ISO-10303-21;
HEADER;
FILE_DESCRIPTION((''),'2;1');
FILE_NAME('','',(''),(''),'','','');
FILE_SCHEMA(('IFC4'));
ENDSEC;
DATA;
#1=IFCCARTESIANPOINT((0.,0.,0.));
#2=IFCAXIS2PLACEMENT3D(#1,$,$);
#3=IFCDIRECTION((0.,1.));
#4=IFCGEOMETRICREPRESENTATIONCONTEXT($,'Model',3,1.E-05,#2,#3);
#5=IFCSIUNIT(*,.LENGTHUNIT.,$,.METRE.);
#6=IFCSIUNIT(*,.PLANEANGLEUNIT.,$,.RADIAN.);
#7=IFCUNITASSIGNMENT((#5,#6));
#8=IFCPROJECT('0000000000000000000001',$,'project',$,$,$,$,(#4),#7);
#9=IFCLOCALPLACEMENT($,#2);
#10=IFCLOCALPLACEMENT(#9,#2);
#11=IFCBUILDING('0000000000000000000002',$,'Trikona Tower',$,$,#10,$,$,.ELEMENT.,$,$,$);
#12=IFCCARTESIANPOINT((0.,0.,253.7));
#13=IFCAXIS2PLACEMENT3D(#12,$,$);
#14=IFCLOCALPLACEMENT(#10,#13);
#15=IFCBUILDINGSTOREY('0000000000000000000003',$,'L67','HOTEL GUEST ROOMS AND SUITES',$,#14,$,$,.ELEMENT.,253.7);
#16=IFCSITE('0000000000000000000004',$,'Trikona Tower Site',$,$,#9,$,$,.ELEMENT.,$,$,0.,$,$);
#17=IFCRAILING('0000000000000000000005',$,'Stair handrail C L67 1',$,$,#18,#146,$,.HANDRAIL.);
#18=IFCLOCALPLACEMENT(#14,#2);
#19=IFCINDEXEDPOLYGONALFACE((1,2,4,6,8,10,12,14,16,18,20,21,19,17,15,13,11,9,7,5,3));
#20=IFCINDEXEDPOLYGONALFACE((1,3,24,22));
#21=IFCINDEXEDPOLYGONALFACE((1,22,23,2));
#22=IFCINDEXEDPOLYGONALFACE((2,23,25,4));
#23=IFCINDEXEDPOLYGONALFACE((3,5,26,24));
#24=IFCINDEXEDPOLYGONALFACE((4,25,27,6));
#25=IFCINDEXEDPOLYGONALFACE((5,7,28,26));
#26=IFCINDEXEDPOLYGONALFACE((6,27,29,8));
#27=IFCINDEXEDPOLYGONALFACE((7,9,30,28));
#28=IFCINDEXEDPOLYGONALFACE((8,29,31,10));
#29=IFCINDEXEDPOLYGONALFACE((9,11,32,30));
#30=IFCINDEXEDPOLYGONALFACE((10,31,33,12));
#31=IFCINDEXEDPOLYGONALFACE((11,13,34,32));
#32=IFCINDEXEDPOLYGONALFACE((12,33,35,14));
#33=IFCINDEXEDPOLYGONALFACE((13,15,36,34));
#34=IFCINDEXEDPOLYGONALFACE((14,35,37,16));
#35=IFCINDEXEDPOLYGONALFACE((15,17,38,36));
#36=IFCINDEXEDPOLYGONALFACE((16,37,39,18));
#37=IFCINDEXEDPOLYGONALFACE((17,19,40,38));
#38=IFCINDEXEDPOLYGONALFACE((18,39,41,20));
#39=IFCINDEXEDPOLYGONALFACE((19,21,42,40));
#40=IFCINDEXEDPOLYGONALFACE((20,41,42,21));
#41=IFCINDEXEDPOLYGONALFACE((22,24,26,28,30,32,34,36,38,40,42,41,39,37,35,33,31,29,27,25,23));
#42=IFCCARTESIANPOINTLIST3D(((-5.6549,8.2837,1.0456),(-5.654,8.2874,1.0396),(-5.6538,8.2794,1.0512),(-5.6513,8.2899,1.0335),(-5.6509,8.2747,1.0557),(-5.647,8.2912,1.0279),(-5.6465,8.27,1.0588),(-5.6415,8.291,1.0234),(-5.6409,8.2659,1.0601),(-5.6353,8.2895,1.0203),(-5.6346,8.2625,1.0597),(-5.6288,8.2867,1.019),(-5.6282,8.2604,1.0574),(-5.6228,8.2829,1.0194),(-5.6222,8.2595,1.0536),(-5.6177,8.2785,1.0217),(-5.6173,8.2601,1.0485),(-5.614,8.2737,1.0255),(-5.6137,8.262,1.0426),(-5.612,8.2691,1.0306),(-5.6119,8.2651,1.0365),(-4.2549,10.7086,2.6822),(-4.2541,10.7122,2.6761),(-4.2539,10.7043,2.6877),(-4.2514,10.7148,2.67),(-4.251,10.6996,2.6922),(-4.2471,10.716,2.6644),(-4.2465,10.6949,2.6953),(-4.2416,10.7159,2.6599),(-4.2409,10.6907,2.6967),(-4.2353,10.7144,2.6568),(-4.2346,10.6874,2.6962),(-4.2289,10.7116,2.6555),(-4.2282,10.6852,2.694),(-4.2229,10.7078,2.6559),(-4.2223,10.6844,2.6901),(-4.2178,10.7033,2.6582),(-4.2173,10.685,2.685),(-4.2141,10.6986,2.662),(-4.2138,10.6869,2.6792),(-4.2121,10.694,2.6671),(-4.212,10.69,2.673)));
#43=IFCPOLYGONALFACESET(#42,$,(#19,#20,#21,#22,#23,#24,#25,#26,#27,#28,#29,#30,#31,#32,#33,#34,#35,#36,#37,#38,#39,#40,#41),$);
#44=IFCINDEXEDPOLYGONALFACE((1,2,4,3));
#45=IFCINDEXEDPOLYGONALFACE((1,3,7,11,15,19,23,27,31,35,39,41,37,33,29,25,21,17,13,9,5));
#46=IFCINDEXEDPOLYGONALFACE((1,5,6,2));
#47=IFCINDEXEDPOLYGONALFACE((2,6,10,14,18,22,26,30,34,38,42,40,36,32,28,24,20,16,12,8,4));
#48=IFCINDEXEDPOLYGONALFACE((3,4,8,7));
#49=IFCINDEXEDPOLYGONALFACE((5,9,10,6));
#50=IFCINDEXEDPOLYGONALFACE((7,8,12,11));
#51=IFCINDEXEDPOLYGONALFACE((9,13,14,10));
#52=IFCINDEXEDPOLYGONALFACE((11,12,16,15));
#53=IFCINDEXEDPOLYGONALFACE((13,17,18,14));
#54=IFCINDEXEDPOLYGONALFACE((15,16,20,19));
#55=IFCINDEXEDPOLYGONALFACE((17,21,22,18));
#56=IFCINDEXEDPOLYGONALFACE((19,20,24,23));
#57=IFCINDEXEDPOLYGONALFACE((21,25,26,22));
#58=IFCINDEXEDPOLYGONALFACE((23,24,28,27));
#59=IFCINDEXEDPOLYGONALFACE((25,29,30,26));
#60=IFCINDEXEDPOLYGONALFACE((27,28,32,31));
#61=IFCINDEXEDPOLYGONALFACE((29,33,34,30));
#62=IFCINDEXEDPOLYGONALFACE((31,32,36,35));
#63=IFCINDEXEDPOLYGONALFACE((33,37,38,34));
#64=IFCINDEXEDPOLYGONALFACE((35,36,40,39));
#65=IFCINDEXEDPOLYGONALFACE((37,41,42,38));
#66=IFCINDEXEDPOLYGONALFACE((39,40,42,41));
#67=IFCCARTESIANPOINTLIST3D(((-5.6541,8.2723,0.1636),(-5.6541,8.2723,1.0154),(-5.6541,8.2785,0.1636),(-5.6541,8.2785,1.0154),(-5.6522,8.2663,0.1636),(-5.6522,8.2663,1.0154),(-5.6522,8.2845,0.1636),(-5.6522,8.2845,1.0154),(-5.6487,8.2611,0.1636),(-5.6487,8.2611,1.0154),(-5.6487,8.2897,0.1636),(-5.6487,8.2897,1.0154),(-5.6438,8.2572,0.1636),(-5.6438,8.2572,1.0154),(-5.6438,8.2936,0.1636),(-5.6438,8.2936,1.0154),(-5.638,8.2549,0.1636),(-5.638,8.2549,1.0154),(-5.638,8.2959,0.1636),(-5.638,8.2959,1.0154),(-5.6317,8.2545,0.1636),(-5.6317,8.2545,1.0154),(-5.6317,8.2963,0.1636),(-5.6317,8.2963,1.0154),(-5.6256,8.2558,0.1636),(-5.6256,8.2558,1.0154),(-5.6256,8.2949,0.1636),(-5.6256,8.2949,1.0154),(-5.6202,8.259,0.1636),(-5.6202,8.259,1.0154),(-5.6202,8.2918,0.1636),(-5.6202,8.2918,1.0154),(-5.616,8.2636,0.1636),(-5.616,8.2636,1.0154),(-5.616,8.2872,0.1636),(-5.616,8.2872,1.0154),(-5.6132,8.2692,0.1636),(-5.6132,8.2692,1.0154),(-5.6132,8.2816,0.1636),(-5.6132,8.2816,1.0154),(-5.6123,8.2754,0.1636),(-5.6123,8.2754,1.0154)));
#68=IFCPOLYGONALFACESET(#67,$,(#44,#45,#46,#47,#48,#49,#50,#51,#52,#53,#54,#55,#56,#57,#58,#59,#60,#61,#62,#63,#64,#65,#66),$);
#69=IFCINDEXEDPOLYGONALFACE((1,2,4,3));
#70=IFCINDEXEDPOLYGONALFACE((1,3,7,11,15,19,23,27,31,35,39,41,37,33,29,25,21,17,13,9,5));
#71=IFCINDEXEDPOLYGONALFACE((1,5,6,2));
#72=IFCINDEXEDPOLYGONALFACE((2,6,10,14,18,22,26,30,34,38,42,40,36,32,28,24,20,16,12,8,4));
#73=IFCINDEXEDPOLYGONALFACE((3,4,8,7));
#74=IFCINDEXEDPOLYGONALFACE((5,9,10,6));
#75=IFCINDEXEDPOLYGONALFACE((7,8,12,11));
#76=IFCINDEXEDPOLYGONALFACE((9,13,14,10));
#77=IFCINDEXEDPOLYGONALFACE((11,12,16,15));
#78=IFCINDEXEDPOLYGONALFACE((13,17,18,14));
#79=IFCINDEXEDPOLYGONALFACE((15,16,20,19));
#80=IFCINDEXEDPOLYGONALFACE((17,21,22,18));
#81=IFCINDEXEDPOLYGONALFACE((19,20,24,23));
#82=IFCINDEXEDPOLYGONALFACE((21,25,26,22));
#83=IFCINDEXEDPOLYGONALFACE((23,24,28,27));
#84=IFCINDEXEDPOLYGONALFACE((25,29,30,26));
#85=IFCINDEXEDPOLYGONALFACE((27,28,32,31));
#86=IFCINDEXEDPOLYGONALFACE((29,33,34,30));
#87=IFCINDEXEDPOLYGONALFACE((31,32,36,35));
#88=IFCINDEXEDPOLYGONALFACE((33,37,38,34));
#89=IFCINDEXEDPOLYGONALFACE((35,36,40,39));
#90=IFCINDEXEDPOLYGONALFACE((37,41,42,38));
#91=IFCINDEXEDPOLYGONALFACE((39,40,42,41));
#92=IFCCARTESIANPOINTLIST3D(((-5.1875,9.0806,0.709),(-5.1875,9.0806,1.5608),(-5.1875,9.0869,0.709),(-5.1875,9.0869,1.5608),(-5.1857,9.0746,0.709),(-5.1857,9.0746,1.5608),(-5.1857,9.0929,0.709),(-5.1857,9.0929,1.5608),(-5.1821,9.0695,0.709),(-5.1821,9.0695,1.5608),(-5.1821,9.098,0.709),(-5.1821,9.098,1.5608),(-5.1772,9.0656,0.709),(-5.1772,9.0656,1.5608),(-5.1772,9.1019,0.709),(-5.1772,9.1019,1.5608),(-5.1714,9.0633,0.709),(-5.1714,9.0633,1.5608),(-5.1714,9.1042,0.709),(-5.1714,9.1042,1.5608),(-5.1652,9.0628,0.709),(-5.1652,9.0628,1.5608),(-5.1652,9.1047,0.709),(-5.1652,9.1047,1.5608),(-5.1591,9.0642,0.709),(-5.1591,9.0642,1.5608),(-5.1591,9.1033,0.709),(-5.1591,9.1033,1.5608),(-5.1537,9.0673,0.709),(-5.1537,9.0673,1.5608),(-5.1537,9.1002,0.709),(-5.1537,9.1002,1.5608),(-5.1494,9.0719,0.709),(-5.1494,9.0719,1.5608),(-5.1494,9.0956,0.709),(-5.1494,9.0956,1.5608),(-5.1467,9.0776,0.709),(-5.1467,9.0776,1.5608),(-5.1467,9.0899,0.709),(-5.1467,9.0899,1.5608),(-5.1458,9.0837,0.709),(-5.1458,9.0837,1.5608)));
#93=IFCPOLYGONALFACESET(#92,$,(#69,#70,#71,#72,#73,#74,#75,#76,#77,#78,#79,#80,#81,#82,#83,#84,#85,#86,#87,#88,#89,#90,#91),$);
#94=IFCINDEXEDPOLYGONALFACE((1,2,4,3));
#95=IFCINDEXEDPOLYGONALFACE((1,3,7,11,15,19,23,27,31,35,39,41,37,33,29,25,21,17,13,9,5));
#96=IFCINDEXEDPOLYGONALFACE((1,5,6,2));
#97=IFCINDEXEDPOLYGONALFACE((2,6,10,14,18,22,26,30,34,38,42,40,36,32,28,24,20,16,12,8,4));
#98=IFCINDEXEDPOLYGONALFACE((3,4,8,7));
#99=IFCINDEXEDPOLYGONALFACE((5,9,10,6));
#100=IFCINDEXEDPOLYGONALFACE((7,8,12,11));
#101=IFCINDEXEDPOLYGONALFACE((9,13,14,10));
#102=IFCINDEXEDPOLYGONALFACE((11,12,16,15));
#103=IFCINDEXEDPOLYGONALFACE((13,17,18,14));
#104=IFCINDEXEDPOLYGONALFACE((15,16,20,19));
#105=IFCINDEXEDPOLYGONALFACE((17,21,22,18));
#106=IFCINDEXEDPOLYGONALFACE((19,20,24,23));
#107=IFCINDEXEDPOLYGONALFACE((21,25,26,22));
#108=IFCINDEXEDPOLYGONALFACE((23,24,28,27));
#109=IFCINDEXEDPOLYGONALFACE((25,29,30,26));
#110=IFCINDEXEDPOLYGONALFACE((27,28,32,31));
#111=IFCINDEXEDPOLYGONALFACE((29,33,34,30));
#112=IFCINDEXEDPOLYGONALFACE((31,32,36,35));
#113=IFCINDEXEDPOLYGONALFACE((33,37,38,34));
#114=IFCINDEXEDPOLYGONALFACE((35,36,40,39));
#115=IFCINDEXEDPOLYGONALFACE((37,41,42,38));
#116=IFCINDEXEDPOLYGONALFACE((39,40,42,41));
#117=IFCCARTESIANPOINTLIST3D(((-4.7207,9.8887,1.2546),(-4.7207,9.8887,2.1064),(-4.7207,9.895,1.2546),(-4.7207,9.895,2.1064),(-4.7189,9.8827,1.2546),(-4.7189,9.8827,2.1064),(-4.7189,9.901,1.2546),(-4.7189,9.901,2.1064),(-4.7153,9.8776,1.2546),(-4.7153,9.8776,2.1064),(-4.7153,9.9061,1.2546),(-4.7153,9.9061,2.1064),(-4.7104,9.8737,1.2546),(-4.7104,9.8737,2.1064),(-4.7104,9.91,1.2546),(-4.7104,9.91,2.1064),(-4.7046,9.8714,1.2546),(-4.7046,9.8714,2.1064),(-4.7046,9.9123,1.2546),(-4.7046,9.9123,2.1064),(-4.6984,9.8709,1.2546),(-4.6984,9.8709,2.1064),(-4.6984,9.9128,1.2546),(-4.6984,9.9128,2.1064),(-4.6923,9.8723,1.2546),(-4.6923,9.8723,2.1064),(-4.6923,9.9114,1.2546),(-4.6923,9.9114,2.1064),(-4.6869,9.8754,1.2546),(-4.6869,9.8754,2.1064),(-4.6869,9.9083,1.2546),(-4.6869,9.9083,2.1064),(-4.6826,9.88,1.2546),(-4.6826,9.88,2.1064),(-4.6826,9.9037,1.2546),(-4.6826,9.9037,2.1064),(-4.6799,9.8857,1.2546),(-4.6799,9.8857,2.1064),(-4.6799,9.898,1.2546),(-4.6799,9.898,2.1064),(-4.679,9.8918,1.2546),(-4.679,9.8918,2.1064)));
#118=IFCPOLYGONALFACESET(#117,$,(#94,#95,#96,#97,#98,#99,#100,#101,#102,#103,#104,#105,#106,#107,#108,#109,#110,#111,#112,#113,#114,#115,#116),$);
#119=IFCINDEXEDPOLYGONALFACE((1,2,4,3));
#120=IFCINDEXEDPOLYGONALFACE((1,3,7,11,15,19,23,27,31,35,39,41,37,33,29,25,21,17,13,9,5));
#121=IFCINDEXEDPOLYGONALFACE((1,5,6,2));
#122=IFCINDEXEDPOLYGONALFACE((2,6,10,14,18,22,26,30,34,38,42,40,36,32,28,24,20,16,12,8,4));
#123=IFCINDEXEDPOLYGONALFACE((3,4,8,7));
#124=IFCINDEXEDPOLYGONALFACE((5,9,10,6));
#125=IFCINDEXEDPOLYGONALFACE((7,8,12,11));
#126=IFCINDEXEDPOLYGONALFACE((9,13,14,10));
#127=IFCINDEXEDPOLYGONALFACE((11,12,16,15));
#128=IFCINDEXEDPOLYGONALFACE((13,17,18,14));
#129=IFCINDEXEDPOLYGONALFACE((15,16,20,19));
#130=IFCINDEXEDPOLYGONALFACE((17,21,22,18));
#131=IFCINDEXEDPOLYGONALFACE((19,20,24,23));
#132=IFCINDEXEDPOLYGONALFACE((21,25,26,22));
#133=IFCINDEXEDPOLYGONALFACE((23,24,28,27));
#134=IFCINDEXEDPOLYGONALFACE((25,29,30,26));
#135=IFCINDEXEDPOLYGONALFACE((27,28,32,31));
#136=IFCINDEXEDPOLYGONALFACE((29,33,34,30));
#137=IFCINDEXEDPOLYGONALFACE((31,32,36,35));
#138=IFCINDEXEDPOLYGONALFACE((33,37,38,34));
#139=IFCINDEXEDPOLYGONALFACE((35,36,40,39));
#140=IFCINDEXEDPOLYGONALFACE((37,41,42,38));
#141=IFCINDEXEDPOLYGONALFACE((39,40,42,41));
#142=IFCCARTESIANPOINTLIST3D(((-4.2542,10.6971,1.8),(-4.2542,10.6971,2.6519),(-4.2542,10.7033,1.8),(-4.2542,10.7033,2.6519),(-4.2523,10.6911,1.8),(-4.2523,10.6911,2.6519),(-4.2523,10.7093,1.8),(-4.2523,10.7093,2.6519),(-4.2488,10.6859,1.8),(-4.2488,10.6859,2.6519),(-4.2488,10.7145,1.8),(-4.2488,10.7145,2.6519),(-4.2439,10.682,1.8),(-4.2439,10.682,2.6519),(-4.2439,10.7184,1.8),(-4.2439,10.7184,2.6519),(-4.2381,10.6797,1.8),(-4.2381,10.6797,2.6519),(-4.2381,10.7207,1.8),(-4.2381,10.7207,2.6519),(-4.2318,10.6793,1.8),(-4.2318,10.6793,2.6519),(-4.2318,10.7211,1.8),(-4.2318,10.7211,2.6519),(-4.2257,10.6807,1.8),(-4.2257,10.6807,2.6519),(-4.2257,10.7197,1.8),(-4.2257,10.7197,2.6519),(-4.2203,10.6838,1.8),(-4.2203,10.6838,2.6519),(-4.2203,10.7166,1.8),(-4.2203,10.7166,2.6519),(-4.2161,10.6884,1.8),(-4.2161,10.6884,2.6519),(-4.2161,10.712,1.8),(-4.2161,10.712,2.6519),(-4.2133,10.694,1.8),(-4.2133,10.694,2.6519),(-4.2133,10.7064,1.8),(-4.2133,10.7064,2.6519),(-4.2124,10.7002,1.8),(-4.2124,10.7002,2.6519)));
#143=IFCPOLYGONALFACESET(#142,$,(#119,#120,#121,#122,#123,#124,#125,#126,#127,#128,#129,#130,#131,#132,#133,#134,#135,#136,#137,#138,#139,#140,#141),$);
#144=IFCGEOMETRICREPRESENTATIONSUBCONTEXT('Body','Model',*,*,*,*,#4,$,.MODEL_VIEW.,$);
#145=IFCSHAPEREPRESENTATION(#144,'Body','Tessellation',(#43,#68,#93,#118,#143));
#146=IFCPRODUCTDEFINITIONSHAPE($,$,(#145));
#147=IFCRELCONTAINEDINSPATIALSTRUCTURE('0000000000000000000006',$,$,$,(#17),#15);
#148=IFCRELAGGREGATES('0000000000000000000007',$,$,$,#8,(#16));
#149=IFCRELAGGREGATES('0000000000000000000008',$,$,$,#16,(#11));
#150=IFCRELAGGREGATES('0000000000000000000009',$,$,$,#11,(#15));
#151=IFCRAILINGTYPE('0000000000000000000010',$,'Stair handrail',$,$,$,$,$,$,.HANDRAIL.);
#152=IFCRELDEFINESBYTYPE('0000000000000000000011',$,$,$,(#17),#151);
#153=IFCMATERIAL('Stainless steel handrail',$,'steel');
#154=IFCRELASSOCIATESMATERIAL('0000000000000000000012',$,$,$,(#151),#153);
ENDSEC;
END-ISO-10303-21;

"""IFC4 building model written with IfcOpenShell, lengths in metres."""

from ifc_helpers import new_model, si_unit, direction, frame, origin, origin_2d, place, context, subcontext, project, spatial, circle, extrude, material, type_object, element, save


model = new_model("IFC4")

# Units and contexts
model_context = context("Model", 3, precision=1e-05, world=origin(), true_north=direction((0.0, 1.0)))
body_context = subcontext(model_context, "Body", "Model", "MODEL_VIEW")
ifc_project = project(units=[si_unit("LENGTHUNIT", "METRE"), si_unit("PLANEANGLEUNIT", "RADIAN")], contexts=[model_context])

# Site, building, storey
site_placement = place(None, origin())
site = spatial("IfcSite", under=ifc_project, at=site_placement, Name="Trikona Tower Site", CompositionType="ELEMENT", RefElevation=0.0)
building_placement = place(site_placement, origin())
building = spatial("IfcBuilding", under=site, at=building_placement, Name="Trikona Tower", CompositionType="ELEMENT")
storey_placement = place(building_placement, frame((0.0, 0.0, 253.7)))
storey = spatial("IfcBuildingStorey", under=building, at=storey_placement, Name="L67", Description="HOTEL GUEST ROOMS AND SUITES", CompositionType="ELEMENT", Elevation=253.7)

# Railing
ifc_material_1 = material(Name="Stainless steel handrail", Category="steel")
railing_type = type_object("IfcRailingType", Name="Stair handrail", PredefinedType="HANDRAIL", material=ifc_material_1)
railing_1_placement = place(storey_placement, frame((-5.6333, 8.2754, 0.1636)))
element("IfcRailing", 1, at=railing_1_placement, inside=storey, type_object=railing_type, Name="Stair handrail C L67 1", PredefinedType="HANDRAIL", context=body_context, shape_type="SweptSolid", body=[
    extrude(circle(Radius=0.0239, at=origin_2d()), frame((0.0, 0.0, 0.876), z_axis=(0.431661, 0.74769, 0.504608), x_axis=(-0.866035, 0.499984, 0.0)), (0.0, 0.0, 1.0), 3.2432),
    extrude(circle(Radius=0.021, at=origin_2d()), origin(), (0.0, 0.0, 1.0), 0.8518),
    extrude(circle(Radius=0.021, at=origin_2d()), frame((0.4666, 0.8083, 0.5454)), (0.0, 0.0, 1.0), 0.8518),
    extrude(circle(Radius=0.021, at=origin_2d()), frame((0.9333, 1.6165, 1.0911)), (0.0, 0.0, 1.0), 0.8518),
    extrude(circle(Radius=0.021, at=origin_2d()), frame((1.3999, 2.4248, 1.6365)), (0.0, 0.0, 1.0), 0.8518),
])

save(model, "model.ifc")
